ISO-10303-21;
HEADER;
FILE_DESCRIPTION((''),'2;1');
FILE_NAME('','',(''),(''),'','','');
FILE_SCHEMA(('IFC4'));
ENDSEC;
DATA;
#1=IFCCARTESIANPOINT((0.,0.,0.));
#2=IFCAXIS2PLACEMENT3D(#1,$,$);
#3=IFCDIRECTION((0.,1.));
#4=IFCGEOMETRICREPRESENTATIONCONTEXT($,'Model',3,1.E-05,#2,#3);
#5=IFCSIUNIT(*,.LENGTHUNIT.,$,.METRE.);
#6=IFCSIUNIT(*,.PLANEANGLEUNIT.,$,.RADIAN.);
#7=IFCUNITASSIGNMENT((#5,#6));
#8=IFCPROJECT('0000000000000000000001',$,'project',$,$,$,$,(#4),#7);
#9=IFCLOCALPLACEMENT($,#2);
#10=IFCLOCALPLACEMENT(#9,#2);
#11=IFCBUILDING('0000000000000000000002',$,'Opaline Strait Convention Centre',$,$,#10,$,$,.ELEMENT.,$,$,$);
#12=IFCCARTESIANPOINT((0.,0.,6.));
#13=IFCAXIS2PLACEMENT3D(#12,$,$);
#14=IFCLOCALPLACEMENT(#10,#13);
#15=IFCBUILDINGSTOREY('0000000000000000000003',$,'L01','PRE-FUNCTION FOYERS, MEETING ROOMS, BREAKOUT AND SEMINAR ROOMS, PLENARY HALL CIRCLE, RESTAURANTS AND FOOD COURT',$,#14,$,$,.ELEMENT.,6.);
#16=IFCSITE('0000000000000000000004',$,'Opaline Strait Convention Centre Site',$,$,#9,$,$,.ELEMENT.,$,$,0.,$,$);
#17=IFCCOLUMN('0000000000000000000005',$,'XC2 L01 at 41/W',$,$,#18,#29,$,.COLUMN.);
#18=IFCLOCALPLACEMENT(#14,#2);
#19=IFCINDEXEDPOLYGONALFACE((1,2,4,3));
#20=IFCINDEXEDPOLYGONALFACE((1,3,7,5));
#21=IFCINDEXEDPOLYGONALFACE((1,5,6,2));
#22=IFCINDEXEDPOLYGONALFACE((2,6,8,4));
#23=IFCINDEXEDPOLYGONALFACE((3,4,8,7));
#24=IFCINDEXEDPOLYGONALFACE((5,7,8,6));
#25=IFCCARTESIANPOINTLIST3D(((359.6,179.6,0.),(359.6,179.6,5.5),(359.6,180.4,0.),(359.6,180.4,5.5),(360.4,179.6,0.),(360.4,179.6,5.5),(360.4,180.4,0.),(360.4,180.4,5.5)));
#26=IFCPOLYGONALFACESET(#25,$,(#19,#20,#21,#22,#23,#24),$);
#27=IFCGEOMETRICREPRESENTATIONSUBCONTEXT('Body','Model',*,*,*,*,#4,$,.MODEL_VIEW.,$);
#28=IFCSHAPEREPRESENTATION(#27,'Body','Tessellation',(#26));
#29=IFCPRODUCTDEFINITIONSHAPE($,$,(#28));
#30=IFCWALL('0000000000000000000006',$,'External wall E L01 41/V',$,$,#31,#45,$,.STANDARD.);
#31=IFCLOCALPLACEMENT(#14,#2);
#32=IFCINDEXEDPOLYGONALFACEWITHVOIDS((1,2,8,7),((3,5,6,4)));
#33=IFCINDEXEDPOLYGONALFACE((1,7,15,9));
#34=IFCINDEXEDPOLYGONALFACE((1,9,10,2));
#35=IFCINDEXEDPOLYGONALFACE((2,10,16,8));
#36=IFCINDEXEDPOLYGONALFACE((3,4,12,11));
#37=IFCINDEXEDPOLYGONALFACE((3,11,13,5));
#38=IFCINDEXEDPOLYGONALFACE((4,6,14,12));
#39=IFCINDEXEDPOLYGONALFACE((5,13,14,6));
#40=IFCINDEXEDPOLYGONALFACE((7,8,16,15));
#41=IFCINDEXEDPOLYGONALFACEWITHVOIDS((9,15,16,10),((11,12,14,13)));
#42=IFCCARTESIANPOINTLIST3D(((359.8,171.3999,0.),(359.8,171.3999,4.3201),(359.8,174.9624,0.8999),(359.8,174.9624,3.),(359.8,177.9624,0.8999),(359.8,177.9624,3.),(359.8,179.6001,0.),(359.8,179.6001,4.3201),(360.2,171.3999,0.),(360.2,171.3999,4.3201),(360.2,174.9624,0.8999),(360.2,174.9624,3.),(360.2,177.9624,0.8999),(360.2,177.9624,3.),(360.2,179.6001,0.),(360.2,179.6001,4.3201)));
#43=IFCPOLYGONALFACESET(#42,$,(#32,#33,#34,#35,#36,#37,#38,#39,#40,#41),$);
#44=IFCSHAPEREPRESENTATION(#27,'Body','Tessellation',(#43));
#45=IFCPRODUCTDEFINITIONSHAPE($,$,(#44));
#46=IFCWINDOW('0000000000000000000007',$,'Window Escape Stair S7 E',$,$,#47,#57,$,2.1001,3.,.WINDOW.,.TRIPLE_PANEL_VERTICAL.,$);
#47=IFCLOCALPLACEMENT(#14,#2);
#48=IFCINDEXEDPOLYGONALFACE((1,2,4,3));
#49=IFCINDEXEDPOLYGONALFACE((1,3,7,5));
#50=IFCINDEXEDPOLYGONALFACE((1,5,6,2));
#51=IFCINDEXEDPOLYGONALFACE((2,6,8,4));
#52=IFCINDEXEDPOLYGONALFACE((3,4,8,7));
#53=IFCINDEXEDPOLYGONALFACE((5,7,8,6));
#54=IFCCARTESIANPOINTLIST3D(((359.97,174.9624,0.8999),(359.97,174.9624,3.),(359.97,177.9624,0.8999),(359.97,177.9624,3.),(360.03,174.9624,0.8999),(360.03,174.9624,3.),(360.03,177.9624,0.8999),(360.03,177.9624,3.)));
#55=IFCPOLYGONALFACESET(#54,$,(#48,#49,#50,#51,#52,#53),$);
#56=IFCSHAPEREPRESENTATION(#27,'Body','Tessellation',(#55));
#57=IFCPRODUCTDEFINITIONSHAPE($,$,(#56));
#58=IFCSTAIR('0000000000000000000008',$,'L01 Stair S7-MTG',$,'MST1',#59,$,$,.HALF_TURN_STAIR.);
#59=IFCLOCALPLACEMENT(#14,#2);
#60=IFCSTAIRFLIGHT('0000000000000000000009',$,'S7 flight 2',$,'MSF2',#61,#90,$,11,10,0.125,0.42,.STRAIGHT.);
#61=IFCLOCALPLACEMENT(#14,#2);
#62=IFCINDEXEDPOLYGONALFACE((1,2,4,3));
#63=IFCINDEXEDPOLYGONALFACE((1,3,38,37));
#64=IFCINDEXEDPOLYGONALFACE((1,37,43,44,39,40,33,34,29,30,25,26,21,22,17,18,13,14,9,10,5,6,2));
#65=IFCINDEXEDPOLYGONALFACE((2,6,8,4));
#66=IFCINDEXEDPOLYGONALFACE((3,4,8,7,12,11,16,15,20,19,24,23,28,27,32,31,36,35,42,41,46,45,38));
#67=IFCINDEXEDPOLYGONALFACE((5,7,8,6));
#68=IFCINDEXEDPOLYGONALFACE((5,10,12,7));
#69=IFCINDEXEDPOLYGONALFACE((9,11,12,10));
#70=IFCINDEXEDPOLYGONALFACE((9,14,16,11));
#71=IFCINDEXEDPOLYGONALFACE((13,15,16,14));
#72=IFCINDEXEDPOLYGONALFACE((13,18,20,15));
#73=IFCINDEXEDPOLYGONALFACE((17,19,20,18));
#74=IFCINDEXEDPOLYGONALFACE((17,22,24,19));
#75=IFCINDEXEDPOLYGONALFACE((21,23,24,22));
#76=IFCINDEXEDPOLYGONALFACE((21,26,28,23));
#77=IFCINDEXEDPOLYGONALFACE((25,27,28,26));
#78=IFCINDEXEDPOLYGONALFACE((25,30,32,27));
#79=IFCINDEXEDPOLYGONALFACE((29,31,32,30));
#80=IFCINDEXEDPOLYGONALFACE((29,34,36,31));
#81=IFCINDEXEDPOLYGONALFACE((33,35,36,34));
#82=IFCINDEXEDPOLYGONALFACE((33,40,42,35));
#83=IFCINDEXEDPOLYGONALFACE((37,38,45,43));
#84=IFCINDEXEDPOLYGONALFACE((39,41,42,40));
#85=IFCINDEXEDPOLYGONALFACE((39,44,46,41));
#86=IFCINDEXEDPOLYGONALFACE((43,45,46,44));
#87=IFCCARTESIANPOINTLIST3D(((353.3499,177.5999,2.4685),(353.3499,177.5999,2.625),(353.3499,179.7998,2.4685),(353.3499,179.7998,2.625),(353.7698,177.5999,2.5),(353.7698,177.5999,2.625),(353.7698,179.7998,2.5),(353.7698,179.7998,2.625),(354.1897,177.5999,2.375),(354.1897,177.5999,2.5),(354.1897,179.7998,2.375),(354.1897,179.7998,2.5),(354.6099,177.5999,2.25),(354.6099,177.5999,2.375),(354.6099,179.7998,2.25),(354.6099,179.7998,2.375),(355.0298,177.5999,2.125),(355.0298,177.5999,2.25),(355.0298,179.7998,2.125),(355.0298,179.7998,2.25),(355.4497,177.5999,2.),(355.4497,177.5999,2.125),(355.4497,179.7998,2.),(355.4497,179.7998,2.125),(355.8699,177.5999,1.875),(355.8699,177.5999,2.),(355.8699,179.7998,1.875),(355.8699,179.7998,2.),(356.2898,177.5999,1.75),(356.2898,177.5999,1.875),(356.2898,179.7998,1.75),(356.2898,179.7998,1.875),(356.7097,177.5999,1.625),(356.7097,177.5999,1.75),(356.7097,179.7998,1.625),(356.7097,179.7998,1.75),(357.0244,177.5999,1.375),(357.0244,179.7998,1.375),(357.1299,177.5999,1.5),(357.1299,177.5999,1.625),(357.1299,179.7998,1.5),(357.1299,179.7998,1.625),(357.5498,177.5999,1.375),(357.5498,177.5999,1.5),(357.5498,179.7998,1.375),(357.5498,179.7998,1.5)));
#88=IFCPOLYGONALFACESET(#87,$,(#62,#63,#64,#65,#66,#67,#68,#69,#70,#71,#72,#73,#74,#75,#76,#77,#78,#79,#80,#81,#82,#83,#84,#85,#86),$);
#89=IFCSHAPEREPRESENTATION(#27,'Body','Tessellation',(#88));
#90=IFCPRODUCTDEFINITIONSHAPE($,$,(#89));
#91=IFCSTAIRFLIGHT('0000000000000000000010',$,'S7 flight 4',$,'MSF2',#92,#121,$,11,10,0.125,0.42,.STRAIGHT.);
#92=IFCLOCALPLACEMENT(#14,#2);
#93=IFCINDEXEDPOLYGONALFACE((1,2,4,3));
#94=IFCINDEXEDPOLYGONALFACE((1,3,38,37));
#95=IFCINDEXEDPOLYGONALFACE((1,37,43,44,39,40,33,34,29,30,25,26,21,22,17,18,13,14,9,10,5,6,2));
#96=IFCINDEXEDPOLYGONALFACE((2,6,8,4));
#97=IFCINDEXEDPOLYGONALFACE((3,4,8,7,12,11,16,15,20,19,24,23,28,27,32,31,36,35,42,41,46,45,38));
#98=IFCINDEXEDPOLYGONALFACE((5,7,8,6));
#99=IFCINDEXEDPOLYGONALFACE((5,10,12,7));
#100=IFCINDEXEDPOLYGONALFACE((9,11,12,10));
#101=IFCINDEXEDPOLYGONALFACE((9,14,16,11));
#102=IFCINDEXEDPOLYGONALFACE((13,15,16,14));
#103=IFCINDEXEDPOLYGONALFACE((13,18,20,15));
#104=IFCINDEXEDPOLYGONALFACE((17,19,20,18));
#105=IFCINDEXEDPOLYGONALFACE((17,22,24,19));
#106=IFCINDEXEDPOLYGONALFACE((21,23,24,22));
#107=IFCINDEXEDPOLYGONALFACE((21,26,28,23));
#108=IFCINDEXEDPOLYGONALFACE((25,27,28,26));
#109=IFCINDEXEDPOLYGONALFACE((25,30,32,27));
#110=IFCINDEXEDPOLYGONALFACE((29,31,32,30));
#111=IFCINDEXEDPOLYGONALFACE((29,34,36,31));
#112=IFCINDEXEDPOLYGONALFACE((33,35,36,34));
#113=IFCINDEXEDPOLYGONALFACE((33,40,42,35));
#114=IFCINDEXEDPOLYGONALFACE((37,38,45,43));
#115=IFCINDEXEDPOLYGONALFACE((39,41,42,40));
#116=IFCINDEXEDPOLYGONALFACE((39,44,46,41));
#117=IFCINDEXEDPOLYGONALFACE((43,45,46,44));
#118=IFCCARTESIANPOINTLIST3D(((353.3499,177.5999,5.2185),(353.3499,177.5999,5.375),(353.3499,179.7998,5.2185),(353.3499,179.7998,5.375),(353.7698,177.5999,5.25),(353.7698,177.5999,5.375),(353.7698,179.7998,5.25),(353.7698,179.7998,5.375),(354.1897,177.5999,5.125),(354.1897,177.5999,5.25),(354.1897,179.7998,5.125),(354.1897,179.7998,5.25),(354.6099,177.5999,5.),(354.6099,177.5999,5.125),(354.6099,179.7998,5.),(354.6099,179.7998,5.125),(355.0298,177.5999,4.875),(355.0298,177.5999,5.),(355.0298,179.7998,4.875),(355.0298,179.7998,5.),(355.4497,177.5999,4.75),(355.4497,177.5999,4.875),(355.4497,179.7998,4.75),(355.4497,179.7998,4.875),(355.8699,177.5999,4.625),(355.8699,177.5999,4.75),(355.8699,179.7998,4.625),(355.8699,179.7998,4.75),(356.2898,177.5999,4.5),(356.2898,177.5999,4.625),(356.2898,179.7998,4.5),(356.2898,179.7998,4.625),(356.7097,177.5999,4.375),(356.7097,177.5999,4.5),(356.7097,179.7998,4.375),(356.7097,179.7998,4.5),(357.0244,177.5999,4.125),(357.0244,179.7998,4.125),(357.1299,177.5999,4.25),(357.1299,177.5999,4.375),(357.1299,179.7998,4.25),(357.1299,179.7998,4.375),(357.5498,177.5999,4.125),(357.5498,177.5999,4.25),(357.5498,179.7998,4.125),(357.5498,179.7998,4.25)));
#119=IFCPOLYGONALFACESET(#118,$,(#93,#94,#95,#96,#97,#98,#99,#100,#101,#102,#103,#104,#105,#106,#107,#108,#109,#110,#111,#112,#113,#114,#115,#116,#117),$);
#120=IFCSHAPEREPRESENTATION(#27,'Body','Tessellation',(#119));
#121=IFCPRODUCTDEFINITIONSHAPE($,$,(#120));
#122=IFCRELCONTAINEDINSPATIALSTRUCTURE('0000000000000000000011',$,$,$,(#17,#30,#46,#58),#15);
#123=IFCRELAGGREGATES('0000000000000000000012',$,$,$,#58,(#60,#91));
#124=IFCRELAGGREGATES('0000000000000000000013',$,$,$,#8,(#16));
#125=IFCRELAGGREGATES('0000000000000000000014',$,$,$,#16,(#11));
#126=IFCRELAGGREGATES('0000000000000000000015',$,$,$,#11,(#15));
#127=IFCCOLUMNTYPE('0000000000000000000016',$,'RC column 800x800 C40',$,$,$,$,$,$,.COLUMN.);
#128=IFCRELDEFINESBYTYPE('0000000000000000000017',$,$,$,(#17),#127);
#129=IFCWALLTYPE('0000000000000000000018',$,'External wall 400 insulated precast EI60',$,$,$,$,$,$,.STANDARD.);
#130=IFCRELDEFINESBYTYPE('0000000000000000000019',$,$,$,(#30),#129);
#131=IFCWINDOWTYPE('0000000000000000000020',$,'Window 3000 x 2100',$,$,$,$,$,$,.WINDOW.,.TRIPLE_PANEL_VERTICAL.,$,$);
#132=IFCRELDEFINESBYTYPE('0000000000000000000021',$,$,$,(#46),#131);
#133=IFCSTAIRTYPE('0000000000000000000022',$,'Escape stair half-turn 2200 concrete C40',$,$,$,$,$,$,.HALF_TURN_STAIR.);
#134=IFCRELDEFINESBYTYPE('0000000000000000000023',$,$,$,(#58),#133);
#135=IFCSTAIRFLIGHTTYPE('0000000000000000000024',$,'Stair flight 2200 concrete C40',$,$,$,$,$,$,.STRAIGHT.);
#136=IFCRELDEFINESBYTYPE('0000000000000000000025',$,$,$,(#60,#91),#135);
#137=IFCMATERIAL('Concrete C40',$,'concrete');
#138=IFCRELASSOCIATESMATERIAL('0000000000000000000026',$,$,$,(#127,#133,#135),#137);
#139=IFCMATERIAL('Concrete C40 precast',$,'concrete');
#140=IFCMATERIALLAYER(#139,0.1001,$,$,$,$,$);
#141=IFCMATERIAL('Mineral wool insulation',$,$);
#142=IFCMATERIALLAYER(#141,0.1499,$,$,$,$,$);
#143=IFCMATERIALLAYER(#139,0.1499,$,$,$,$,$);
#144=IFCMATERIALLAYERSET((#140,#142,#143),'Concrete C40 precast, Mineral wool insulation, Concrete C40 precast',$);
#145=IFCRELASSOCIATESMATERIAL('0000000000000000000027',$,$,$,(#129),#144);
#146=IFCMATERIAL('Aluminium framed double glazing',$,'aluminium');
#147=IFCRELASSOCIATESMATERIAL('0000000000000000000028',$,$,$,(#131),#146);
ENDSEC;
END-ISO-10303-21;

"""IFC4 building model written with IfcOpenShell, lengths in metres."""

from ifc_helpers import new_model, si_unit, direction, frame, frame_2d, origin, origin_2d, place, context, subcontext, project, spatial, polyline, rectangle, outline, extrude, material, layer, layer_set, material_profile, profile_set, type_object, element, fill, aggregate, save


model = new_model("IFC4")

# Units and contexts
model_context = context("Model", 3, precision=1e-05, world=origin(), true_north=direction((0.0, 1.0)))
body_context = subcontext(model_context, "Body", "Model", "MODEL_VIEW")
ifc_project = project(units=[si_unit("LENGTHUNIT", "METRE"), si_unit("PLANEANGLEUNIT", "RADIAN")], contexts=[model_context])

# Site, building, storey
site_placement = place(None, origin())
site = spatial("IfcSite", under=ifc_project, at=site_placement, Name="Opaline Strait Convention Centre Site", CompositionType="ELEMENT", RefElevation=0.0)
building_placement = place(site_placement, origin())
building = spatial("IfcBuilding", under=site, at=building_placement, Name="Opaline Strait Convention Centre", CompositionType="ELEMENT")
storey_placement = place(building_placement, frame((0.0, 0.0, 6.0)))
storey = spatial("IfcBuildingStorey", under=building, at=storey_placement, Name="L01", Description="PRE-FUNCTION FOYERS, MEETING ROOMS, BREAKOUT AND SEMINAR ROOMS, PLENARY HALL CIRCLE, RESTAURANTS AND FOOD COURT", CompositionType="ELEMENT", Elevation=6.0)

# Column
ifc_material_1 = material(Name="Concrete C40", Category="concrete")
ifc_material_profile = material_profile(ifc_material_1, rectangle(XDim=0.8, YDim=0.8, at=origin_2d()), Name="RC 800x800")
ifc_profile_set = profile_set([ifc_material_profile], Name="Concrete C40")
column_type = type_object("IfcColumnType", Name="RC column 800x800 C40", PredefinedType="COLUMN", material=ifc_profile_set)
column_placement = place(storey_placement, frame((360.0, 180.0, 0.0), z_axis=(0.0, 0.0, 1.0), x_axis=(1.0, 0.0, 0.0)))
element("IfcColumn", 1, at=column_placement, inside=storey, type_object=column_type, Name="XC2 L01 at 41/W", PredefinedType="COLUMN", context=body_context, shape_type="SweptSolid", body=[
    extrude(rectangle(XDim=0.8, YDim=0.8, at=origin_2d()), origin(), (0.0, 0.0, 1.0), 5.5),
])

# Wall, opening, window
ifc_material_2 = material(Name="Concrete C40 precast", Category="concrete")
ifc_layer_1 = layer(ifc_material_2, 0.1001)
ifc_material_3 = material(Name="Mineral wool insulation")
ifc_layer_2 = layer(ifc_material_3, 0.1499)
ifc_layer_3 = layer(ifc_material_2, 0.1499)
ifc_layer_set_1 = layer_set([ifc_layer_1, ifc_layer_2, ifc_layer_3], Name="Concrete C40 precast, Mineral wool insulation, Concrete C40 precast")
wall_type = type_object("IfcWallType", Name="External wall 400 insulated precast EI60", PredefinedType="STANDARD", material=ifc_layer_set_1)
wall_placement = place(storey_placement, frame((360.0, 171.3999, 0.0), z_axis=(0.0, 0.0, 1.0), x_axis=(0.0, 1.0, 0.0)))
wall = element("IfcWall", 2, at=wall_placement, inside=storey, type_object=wall_type, Name="External wall E L01 41/V", PredefinedType="STANDARD", context=body_context, shape_type="SweptSolid", body=[
    extrude(rectangle(XDim=8.2002, YDim=0.3999, at=frame_2d((4.1001, 0.0))), origin(), (0.0, 0.0, 1.0), 4.3201),
])
opening_placement = place(wall_placement, frame((3.5625, 0.0, 0.8999)))
opening = element("IfcOpeningElement", 3, at=opening_placement, cuts=wall, PredefinedType="OPENING", context=body_context, shape_type="SweptSolid", body=[
    extrude(rectangle(XDim=3.0, YDim=2.1001, at=frame_2d((1.5, 1.05))), frame((0.0, 0.21, 0.0), z_axis=(0.0, -1.0, 0.0), x_axis=(1.0, 0.0, 0.0)), (0.0, 0.0, 1.0), 0.4199),
])
ifc_material_4 = material(Name="Aluminium framed double glazing", Category="aluminium")
window_type = type_object("IfcWindowType", Name="Window 3000 x 2100", PartitioningType="TRIPLE_PANEL_VERTICAL", PredefinedType="WINDOW", material=ifc_material_4)
window_placement = place(opening_placement, origin())
window = element("IfcWindow", 4, at=window_placement, inside=storey, type_object=window_type, Name="Window Escape Stair S7 E", OverallHeight=2.1001, OverallWidth=3.0, PartitioningType="TRIPLE_PANEL_VERTICAL", PredefinedType="WINDOW", context=body_context, shape_type="SweptSolid", body=[
    extrude(rectangle(XDim=3.0, YDim=2.1001, at=frame_2d((1.5, 1.05))), frame((0.0, 0.03, 0.0), z_axis=(0.0, -1.0, 0.0), x_axis=(1.0, 0.0, 0.0)), (0.0, 0.0, 1.0), 0.0601),
])
fill(opening, window)

# Stair, stair flights
stair_type = type_object("IfcStairType", Name="Escape stair half-turn 2200 concrete C40", PredefinedType="HALF_TURN_STAIR", material=ifc_material_1)
stair_placement = place(storey_placement, origin())
stair = element("IfcStair", 5, at=stair_placement, inside=storey, type_object=stair_type, Name="L01 Stair S7-MTG", ObjectType="MST1", PredefinedType="HALF_TURN_STAIR")
stair_flight_type = type_object("IfcStairFlightType", Name="Stair flight 2200 concrete C40", PredefinedType="STRAIGHT", material=ifc_material_1)
stair_flight_1_placement = place(storey_placement, frame((357.5498, 178.7, 1.375), z_axis=(0.0, 0.0, 1.0), x_axis=(-1.0, 0.0, 0.0)))
stair_flight_1 = element("IfcStairFlight", 6, at=stair_flight_1_placement, type_object=stair_flight_type, Name="S7 flight 2", ObjectType="MSF2", NumberOfRisers=11, NumberOfTreads=10, PredefinedType="STRAIGHT", RiserHeight=0.125, TreadLength=0.42, context=body_context, shape_type="SweptSolid", body=[
    extrude(outline(polyline([(0.0, 0.0), (0.0, 0.125), (0.4199, 0.125), (0.4199, 0.25), (0.8401, 0.25), (0.8401, 0.375), (1.26, 0.375), (1.26, 0.5), (1.6799, 0.5), (1.6799, 0.625), (2.1001, 0.625), (2.1001, 0.75), (2.52, 0.75), (2.52, 0.875), (2.9399, 0.875), (2.9399, 1.0), (3.3601, 1.0), (3.3601, 1.125), (3.78, 1.125), (3.78, 1.25), (4.2, 1.25), (4.2, 1.375), (4.2, 1.0935), (0.5254, 0.0), (0.0, 0.0)])), frame((0.0, 1.1001, 0.0), z_axis=(0.0, -1.0, 0.0), x_axis=(1.0, 0.0, 0.0)), (0.0, 0.0, 1.0), 2.2),
])
stair_flight_2_placement = place(storey_placement, frame((357.5498, 178.7, 4.125), z_axis=(0.0, 0.0, 1.0), x_axis=(-1.0, 0.0, 0.0)))
stair_flight_2 = element("IfcStairFlight", 7, at=stair_flight_2_placement, type_object=stair_flight_type, Name="S7 flight 4", ObjectType="MSF2", NumberOfRisers=11, NumberOfTreads=10, PredefinedType="STRAIGHT", RiserHeight=0.125, TreadLength=0.42, context=body_context, shape_type="SweptSolid", body=[
    extrude(outline(polyline([(0.0, 0.0), (0.0, 0.125), (0.4199, 0.125), (0.4199, 0.25), (0.8401, 0.25), (0.8401, 0.375), (1.26, 0.375), (1.26, 0.5), (1.6799, 0.5), (1.6799, 0.625), (2.1001, 0.625), (2.1001, 0.75), (2.52, 0.75), (2.52, 0.875), (2.9399, 0.875), (2.9399, 1.0), (3.3601, 1.0), (3.3601, 1.125), (3.78, 1.125), (3.78, 1.25), (4.2, 1.25), (4.2, 1.375), (4.2, 1.0935), (0.5254, 0.0), (0.0, 0.0)])), frame((0.0, 1.1001, 0.0), z_axis=(0.0, -1.0, 0.0), x_axis=(1.0, 0.0, 0.0)), (0.0, 0.0, 1.0), 2.2),
])
aggregate(stair, [stair_flight_1, stair_flight_2])

save(model, "model.ifc")
